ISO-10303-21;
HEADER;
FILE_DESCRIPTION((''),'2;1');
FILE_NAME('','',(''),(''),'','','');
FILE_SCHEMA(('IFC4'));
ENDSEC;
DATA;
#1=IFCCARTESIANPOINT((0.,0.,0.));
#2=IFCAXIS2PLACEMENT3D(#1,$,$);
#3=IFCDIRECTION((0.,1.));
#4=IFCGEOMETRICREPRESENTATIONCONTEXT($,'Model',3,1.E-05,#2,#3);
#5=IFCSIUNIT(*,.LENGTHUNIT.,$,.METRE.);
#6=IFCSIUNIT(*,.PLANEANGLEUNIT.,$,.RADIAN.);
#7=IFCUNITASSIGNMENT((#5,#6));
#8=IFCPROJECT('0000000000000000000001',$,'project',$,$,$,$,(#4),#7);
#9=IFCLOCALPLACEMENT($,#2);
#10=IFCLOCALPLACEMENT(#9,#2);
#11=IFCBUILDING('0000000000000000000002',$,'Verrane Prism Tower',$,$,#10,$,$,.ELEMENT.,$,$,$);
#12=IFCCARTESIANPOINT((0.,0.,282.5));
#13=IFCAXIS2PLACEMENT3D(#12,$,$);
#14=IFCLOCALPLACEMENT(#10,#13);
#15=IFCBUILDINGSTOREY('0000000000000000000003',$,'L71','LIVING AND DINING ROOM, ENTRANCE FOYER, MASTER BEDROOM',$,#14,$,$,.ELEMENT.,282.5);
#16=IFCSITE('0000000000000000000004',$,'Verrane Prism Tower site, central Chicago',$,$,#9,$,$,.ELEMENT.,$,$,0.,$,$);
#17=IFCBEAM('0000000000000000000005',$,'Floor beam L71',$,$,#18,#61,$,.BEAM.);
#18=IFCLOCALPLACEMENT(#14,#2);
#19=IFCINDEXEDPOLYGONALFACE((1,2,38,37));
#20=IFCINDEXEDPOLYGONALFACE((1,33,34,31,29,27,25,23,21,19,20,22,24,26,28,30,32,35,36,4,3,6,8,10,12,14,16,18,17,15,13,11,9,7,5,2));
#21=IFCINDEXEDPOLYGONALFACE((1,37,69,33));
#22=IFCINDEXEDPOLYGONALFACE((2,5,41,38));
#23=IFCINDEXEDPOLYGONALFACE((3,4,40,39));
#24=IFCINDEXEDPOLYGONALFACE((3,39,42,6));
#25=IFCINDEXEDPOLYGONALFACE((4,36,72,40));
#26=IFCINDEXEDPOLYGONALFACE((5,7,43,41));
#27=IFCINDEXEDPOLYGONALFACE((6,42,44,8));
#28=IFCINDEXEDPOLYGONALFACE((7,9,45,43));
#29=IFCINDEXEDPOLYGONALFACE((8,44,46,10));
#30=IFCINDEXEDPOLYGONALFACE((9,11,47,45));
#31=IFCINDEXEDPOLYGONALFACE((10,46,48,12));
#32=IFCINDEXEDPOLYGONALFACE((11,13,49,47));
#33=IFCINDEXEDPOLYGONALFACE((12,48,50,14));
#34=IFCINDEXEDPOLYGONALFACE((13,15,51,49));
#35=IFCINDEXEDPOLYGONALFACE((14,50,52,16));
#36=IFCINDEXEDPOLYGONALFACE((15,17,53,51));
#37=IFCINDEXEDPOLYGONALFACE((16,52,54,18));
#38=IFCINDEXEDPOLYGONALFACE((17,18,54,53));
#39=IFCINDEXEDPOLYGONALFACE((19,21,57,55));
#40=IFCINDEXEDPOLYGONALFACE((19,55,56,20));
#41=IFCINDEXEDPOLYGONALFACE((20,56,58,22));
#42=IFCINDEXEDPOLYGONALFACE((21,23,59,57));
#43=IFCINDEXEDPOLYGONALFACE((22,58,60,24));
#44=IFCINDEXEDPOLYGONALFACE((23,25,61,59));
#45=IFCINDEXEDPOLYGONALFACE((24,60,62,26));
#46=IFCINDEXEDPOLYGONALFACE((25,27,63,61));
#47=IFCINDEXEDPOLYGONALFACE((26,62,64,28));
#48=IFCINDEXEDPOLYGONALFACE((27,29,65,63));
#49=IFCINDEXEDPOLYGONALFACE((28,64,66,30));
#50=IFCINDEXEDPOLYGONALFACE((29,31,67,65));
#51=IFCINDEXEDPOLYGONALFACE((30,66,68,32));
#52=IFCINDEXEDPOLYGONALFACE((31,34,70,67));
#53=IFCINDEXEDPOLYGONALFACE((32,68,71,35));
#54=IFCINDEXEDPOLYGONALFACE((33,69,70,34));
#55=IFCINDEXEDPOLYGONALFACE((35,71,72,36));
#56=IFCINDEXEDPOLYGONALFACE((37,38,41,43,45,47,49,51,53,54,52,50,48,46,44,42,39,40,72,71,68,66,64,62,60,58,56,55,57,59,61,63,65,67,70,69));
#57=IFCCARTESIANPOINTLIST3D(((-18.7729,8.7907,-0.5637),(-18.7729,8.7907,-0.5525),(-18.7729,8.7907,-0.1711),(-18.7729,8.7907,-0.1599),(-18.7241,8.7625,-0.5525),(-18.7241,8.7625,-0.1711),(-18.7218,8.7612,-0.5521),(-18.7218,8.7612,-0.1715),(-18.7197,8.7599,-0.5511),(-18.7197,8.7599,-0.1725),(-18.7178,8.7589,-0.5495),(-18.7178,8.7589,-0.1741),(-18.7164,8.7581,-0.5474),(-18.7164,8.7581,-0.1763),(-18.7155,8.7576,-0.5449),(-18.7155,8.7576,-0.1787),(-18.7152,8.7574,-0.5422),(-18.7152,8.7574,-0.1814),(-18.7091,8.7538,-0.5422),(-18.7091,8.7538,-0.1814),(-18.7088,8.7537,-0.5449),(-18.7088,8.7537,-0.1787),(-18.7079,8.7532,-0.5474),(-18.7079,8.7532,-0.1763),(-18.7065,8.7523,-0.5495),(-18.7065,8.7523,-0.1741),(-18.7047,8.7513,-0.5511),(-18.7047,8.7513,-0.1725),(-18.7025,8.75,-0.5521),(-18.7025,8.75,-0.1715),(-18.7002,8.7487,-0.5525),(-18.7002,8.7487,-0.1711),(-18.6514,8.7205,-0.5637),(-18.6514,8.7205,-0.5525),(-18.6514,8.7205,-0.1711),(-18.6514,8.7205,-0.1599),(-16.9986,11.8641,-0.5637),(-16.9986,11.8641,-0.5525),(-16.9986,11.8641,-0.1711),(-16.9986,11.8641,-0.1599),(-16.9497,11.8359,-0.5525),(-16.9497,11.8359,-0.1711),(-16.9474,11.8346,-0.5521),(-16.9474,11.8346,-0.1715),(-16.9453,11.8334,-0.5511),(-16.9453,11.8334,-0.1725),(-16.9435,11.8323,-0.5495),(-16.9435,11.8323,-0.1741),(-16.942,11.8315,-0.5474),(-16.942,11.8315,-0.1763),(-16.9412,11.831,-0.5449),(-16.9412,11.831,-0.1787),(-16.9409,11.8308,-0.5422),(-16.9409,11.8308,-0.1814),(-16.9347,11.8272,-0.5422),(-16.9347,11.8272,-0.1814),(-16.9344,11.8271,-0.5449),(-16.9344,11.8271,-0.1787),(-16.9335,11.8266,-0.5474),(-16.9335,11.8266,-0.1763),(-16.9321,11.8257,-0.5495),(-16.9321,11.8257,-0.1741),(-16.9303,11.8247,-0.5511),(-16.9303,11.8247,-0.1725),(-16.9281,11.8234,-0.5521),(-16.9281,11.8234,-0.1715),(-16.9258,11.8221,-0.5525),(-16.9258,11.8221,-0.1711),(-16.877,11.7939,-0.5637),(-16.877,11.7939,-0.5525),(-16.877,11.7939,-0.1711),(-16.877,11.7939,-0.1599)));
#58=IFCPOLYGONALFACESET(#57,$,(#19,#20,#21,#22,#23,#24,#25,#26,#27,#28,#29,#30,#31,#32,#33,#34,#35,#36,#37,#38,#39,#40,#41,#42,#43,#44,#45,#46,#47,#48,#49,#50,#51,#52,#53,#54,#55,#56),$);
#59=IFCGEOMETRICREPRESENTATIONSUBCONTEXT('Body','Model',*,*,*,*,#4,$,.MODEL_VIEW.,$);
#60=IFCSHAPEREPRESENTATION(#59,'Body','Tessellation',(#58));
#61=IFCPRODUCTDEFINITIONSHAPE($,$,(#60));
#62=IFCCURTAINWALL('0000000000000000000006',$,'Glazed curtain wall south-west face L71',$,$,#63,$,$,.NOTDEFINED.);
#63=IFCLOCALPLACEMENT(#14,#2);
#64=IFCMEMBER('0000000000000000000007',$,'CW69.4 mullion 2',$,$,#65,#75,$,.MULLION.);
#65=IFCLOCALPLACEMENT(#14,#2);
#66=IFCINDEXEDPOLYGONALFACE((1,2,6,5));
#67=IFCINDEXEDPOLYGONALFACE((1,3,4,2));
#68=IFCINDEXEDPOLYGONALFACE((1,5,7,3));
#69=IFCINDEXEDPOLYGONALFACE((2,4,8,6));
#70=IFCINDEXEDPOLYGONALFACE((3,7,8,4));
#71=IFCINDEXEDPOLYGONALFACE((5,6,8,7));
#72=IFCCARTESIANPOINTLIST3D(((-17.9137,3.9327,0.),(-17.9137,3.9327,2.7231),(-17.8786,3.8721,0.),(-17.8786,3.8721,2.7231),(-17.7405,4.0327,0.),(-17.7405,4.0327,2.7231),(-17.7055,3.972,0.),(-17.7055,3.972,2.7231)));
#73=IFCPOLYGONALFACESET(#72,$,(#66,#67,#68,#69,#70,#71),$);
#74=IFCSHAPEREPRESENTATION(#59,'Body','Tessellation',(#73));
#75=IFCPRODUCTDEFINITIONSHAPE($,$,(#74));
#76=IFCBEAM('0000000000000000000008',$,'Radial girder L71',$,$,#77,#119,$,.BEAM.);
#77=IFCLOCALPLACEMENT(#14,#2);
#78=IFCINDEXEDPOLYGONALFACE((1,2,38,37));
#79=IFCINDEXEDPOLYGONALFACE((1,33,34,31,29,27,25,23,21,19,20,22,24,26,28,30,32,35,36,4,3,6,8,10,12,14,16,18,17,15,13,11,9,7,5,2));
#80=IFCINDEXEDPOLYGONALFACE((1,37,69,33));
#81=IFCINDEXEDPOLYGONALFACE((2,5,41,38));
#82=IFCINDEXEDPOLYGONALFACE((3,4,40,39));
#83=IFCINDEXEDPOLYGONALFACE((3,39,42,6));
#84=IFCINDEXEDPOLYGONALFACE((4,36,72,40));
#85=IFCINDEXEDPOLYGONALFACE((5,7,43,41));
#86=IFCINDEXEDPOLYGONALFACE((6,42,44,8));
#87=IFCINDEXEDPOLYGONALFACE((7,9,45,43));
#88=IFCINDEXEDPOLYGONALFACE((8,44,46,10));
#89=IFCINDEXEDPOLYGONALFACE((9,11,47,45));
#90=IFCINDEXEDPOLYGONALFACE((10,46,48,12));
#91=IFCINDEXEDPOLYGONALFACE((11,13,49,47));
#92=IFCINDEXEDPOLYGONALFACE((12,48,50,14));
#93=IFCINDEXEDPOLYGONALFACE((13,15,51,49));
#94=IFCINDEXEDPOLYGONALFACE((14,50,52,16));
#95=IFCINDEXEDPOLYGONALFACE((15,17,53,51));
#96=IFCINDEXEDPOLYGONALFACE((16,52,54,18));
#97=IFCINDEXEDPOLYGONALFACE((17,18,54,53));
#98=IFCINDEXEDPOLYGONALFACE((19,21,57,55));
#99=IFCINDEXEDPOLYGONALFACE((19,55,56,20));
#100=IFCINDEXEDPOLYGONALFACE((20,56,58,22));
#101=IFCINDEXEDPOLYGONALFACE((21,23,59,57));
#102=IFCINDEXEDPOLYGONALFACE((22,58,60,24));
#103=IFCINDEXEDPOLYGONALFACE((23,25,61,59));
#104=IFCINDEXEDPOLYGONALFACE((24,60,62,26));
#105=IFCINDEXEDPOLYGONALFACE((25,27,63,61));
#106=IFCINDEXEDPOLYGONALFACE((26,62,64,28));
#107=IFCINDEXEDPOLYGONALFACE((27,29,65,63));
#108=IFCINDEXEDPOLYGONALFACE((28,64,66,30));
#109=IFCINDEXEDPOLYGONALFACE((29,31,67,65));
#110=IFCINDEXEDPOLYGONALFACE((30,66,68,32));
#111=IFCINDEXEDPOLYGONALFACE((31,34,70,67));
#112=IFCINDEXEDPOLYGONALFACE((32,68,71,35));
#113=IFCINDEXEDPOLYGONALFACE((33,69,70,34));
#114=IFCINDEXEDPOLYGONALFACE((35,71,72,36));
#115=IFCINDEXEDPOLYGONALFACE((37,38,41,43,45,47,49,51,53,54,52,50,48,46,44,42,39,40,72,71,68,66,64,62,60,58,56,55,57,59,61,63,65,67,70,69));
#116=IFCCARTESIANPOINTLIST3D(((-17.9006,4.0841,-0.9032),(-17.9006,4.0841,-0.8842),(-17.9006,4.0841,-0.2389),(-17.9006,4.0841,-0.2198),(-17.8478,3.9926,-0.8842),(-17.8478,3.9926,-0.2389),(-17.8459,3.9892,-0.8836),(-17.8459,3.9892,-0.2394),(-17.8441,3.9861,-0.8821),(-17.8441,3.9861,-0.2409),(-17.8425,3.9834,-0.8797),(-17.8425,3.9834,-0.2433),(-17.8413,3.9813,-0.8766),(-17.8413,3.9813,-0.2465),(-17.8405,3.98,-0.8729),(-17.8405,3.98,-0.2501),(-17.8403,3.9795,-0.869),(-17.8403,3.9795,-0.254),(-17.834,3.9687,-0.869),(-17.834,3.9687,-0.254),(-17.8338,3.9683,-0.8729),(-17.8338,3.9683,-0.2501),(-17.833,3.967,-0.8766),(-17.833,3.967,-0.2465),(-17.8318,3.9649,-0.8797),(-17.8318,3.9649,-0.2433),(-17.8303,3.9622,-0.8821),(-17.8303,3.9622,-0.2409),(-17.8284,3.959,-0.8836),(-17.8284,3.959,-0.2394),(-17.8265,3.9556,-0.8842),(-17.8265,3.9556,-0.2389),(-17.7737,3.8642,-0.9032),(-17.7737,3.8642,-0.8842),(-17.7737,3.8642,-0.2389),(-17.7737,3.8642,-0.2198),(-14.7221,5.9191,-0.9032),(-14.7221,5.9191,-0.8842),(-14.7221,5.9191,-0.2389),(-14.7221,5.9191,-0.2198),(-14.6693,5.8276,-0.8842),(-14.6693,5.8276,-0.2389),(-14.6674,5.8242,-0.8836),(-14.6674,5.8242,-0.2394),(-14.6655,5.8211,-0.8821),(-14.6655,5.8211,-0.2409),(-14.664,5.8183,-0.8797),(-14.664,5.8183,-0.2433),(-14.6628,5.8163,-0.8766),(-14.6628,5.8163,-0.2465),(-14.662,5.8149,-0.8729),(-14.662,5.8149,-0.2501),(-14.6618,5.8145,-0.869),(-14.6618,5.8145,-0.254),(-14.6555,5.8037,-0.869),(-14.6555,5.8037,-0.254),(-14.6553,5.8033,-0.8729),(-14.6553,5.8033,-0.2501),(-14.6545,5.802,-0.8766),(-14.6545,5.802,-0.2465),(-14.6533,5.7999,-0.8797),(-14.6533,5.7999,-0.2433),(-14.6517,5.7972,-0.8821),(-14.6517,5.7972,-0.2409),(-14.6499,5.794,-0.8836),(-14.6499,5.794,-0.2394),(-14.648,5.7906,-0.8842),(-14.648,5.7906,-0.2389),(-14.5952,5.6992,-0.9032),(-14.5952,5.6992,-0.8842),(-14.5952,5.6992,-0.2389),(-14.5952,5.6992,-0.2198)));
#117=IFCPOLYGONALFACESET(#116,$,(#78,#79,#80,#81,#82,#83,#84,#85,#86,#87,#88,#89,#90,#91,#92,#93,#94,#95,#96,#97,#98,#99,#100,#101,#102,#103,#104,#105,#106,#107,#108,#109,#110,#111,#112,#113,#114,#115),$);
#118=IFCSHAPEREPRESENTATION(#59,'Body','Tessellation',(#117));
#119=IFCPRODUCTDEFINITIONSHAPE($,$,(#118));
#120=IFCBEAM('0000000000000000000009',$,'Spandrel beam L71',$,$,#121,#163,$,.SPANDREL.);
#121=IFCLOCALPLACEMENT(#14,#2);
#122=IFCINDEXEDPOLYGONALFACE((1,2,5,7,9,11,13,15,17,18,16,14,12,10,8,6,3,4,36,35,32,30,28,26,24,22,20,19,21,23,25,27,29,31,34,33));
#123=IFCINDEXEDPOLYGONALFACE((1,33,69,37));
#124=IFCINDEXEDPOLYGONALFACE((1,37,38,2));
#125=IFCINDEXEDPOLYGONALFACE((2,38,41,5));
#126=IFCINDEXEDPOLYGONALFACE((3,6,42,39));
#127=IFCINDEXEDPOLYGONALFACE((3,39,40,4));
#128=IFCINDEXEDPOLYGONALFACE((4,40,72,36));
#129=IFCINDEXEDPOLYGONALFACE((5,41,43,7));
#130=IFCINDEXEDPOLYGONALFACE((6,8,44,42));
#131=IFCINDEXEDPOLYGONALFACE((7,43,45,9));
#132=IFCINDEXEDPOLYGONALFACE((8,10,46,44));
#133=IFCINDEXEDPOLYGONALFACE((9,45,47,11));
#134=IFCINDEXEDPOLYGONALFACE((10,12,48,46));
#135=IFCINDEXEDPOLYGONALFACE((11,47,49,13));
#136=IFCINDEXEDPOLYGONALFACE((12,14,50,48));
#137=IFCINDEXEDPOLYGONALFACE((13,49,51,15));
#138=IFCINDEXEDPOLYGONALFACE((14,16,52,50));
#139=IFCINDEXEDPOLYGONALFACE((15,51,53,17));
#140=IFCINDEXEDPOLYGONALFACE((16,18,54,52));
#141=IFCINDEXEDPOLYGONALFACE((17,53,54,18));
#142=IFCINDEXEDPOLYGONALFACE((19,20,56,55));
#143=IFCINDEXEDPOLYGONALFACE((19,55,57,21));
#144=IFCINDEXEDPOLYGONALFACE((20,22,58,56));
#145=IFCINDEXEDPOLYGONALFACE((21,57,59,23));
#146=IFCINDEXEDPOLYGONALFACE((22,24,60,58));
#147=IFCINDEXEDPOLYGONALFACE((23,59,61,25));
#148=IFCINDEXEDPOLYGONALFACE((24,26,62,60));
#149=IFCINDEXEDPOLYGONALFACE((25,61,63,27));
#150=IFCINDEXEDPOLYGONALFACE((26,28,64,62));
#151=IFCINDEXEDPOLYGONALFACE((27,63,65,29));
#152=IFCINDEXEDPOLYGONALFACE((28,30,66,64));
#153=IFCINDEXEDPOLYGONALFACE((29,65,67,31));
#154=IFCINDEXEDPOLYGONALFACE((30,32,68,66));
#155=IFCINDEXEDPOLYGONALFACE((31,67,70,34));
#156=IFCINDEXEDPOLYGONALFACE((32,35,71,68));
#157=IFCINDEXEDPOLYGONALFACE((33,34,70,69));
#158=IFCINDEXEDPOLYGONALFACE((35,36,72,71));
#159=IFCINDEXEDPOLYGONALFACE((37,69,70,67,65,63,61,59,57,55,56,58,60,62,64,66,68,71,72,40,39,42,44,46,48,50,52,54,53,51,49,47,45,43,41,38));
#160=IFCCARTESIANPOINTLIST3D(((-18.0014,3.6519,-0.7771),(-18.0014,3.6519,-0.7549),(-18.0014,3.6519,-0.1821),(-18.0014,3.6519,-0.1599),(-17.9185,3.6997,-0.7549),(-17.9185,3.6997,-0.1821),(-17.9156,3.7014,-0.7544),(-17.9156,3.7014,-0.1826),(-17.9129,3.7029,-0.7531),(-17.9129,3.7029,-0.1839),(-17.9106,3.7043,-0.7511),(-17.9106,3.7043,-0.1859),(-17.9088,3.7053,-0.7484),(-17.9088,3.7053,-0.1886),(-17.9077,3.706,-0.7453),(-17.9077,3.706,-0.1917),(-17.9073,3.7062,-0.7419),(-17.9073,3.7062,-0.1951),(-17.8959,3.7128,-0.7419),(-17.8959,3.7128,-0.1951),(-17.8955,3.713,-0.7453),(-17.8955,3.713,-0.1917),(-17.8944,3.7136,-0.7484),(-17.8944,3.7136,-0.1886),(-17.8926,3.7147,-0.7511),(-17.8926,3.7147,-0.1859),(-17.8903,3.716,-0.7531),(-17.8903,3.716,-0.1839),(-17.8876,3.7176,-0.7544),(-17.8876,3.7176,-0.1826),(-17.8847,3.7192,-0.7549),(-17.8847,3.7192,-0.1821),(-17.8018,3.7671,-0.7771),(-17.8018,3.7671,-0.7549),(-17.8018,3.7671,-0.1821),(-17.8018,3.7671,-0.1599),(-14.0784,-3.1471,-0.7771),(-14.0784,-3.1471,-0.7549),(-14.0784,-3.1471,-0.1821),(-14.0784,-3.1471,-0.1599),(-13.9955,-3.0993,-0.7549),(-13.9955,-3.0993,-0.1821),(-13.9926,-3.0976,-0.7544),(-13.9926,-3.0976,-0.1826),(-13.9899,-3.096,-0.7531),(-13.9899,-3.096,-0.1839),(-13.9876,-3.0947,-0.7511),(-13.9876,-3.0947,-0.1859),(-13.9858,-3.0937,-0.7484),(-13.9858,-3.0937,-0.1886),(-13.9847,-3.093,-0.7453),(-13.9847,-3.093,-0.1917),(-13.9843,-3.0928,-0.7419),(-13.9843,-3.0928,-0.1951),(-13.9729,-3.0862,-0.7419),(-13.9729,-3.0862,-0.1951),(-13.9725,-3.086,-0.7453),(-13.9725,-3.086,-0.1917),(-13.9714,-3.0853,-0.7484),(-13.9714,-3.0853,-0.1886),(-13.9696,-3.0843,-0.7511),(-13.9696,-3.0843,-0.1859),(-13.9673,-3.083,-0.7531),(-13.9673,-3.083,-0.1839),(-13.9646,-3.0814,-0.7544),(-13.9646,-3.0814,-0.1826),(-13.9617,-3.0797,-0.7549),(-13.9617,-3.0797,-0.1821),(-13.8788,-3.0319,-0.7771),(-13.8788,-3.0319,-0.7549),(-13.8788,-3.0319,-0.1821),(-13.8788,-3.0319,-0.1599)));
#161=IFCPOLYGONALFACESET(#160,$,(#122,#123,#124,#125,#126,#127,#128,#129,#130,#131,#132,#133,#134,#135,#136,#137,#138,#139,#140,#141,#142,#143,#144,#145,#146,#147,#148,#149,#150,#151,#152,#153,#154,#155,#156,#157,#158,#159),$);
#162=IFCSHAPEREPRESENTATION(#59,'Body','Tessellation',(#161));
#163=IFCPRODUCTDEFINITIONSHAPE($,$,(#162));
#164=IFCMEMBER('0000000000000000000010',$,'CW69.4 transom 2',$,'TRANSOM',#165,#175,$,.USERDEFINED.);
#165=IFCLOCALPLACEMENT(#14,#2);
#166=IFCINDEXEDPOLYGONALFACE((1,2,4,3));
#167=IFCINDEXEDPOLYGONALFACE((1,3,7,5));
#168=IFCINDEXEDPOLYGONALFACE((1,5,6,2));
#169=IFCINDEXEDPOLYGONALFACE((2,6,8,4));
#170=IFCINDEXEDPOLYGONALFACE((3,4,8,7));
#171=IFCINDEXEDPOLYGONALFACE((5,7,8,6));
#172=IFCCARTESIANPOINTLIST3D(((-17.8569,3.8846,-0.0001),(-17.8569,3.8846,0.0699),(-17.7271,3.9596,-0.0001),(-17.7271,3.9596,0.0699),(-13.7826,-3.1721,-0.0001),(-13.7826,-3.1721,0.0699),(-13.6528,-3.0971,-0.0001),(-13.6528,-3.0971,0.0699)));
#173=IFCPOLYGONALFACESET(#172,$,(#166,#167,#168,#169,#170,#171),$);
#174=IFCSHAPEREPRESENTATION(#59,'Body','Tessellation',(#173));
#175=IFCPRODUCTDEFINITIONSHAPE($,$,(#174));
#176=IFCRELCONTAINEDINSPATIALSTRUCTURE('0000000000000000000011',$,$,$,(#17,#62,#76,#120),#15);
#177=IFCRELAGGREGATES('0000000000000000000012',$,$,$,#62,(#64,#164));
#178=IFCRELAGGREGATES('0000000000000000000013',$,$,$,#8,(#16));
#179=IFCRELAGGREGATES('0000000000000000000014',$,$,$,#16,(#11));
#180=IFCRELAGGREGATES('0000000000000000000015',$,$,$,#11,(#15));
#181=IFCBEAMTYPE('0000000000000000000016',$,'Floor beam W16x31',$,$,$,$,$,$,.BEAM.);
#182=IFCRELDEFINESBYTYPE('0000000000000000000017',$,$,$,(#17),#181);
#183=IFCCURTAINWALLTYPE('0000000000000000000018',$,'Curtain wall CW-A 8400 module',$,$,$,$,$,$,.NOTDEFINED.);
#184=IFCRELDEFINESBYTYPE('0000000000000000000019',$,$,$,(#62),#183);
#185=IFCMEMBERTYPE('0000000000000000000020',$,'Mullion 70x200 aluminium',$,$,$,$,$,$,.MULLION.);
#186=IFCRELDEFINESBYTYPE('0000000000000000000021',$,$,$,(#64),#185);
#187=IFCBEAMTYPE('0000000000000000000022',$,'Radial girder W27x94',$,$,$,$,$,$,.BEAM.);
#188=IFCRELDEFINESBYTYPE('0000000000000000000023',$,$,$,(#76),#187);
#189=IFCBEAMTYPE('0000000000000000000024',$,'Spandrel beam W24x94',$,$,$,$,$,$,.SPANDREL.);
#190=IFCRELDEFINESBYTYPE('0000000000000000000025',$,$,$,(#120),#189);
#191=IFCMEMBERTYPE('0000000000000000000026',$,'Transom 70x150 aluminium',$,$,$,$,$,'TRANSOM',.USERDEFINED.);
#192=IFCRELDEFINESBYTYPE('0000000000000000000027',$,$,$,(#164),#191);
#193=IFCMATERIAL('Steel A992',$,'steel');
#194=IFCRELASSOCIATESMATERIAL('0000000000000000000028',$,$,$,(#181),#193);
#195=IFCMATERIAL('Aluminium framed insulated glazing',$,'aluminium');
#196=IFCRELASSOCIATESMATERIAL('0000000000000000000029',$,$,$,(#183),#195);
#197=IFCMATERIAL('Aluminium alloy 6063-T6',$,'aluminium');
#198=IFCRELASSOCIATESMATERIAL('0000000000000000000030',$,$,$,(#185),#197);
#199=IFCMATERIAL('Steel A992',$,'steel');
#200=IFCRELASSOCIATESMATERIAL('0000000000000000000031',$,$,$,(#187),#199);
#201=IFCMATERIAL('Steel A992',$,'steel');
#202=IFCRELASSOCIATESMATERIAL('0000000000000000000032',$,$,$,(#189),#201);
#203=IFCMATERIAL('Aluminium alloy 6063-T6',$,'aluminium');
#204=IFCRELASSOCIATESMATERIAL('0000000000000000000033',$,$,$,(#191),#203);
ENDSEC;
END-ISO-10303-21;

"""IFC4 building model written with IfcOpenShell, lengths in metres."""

from ifc_helpers import new_model, si_unit, direction, frame, origin, origin_2d, place, context, subcontext, project, spatial, rectangle, i_section, extrude, material, material_profile, profile_set, type_object, element, aggregate, save


model = new_model("IFC4")

# Units and contexts
model_context = context("Model", 3, precision=1e-05, world=origin(), true_north=direction((0.0, 1.0)))
body_context = subcontext(model_context, "Body", "Model", "MODEL_VIEW")
ifc_project = project(units=[si_unit("LENGTHUNIT", "METRE"), si_unit("PLANEANGLEUNIT", "RADIAN")], contexts=[model_context])

# Site, building, storey
site_placement = place(None, origin())
site = spatial("IfcSite", under=ifc_project, at=site_placement, Name="Verrane Prism Tower site, central Chicago", CompositionType="ELEMENT", RefElevation=0.0)
building_placement = place(site_placement, origin())
building = spatial("IfcBuilding", under=site, at=building_placement, Name="Verrane Prism Tower", CompositionType="ELEMENT")
storey_placement = place(building_placement, frame((0.0, 0.0, 282.5)))
storey = spatial("IfcBuildingStorey", under=building, at=storey_placement, Name="L71", Description="LIVING AND DINING ROOM, ENTRANCE FOYER, MASTER BEDROOM", CompositionType="ELEMENT", Elevation=282.5)

# Beam
ifc_material_1 = material(Name="Steel A992", Category="steel")
ifc_material_profile_1 = material_profile(ifc_material_1, i_section(OverallWidth=0.1404, OverallDepth=0.4038, WebThickness=0.0071, FlangeThickness=0.0112, FilletRadius=0.0103, at=origin_2d()), Name="W16x31")
ifc_profile_set_1 = profile_set([ifc_material_profile_1], Name="Steel A992")
beam_type_1 = type_object("IfcBeamType", Name="Floor beam W16x31", PredefinedType="BEAM", material=ifc_profile_set_1)
beam_1_placement = place(storey_placement, frame((-18.7122, 8.7556, -0.3618), z_axis=(0.499986, 0.866033, 0.0), x_axis=(-0.866033, 0.499986, 0.0)))
element("IfcBeam", 1, at=beam_1_placement, inside=storey, type_object=beam_type_1, Name="Floor beam L71", PredefinedType="BEAM", context=body_context, shape_type="SweptSolid", body=[
    extrude(i_section(OverallWidth=0.1404, OverallDepth=0.4038, WebThickness=0.0071, FlangeThickness=0.0112, FilletRadius=0.0103, at=origin_2d()), origin(), (0.0, 0.0, 1.0), 3.5488),
])

# Curtain wall, member
ifc_material_2 = material(Name="Aluminium framed insulated glazing", Category="aluminium")
curtain_wall_type = type_object("IfcCurtainWallType", Name="Curtain wall CW-A 8400 module", PredefinedType="NOTDEFINED", material=ifc_material_2)
curtain_wall_placement = place(storey_placement, origin())
curtain_wall = element("IfcCurtainWall", 2, at=curtain_wall_placement, inside=storey, type_object=curtain_wall_type, Name="Glazed curtain wall south-west face L71", PredefinedType="NOTDEFINED")
ifc_material_3 = material(Name="Aluminium alloy 6063-T6", Category="aluminium")
ifc_material_profile_2 = material_profile(ifc_material_3, rectangle(XDim=0.2, YDim=0.0701, at=origin_2d()), Name="Mullion 70x200 aluminium")
ifc_profile_set_2 = profile_set([ifc_material_profile_2], Name="Aluminium alloy 6063-T6")
member_type_1 = type_object("IfcMemberType", Name="Mullion 70x200 aluminium", PredefinedType="MULLION", material=ifc_profile_set_2)
member_1_placement = place(storey_placement, frame((-17.8096, 3.9524, 0.0), z_axis=(0.0, 0.0, 1.0), x_axis=(0.866025, 0.500001, 0.0)))
member_1 = element("IfcMember", 3, at=member_1_placement, type_object=member_type_1, Name="CW69.4 mullion 2", PredefinedType="MULLION", context=body_context, shape_type="SweptSolid", body=[
    extrude(rectangle(XDim=0.2, YDim=0.0701, at=origin_2d()), origin(), (0.0, 0.0, 1.0), 2.7231),
])

# Beams
ifc_material_4 = material(Name="Steel A992", Category="steel")
ifc_material_profile_3 = material_profile(ifc_material_4, i_section(OverallWidth=0.2539, OverallDepth=0.6833, WebThickness=0.0125, FlangeThickness=0.019, FilletRadius=0.0151, at=origin_2d()), Name="W27x94")
ifc_profile_set_3 = profile_set([ifc_material_profile_3], Name="Steel A992")
beam_type_2 = type_object("IfcBeamType", Name="Radial girder W27x94", PredefinedType="BEAM", material=ifc_profile_set_3)
beam_2_placement = place(storey_placement, frame((-17.8372, 3.9741, -0.5615), z_axis=(0.86604, 0.499974, 0.0), x_axis=(-0.499974, 0.86604, 0.0)))
element("IfcBeam", 4, at=beam_2_placement, inside=storey, type_object=beam_type_2, Name="Radial girder L71", PredefinedType="BEAM", context=body_context, shape_type="SweptSolid", body=[
    extrude(i_section(OverallWidth=0.2539, OverallDepth=0.6833, WebThickness=0.0125, FlangeThickness=0.019, FilletRadius=0.0151, at=origin_2d()), origin(), (0.0, 0.0, 1.0), 3.6702),
])
ifc_material_5 = material(Name="Steel A992", Category="steel")
ifc_material_profile_4 = material_profile(ifc_material_5, i_section(OverallWidth=0.2305, OverallDepth=0.6172, WebThickness=0.0132, FlangeThickness=0.0222, FilletRadius=0.0129, at=origin_2d()), Name="W24x94")
ifc_profile_set_4 = profile_set([ifc_material_profile_4], Name="Steel A992")
beam_type_3 = type_object("IfcBeamType", Name="Spandrel beam W24x94", PredefinedType="SPANDREL", material=ifc_profile_set_4)
beam_3_placement = place(storey_placement, frame((-17.9016, 3.7095, -0.4685), z_axis=(0.499775, -0.866155, 0.0), x_axis=(0.866155, 0.499775, 0.0)))
element("IfcBeam", 5, at=beam_3_placement, inside=storey, type_object=beam_type_3, Name="Spandrel beam L71", PredefinedType="SPANDREL", context=body_context, shape_type="SweptSolid", body=[
    extrude(i_section(OverallWidth=0.2305, OverallDepth=0.6172, WebThickness=0.0132, FlangeThickness=0.0222, FilletRadius=0.0129, at=origin_2d()), origin(), (0.0, 0.0, 1.0), 7.8496),
])

# Member
ifc_material_6 = material(Name="Aluminium alloy 6063-T6", Category="aluminium")
ifc_material_profile_5 = material_profile(ifc_material_6, rectangle(XDim=0.1499, YDim=0.0701, at=origin_2d()), Name="Transom 70x150 aluminium")
ifc_profile_set_5 = profile_set([ifc_material_profile_5], Name="Aluminium alloy 6063-T6")
member_type_2 = type_object("IfcMemberType", Name="Transom 70x150 aluminium", ElementType="TRANSOM", PredefinedType="USERDEFINED", material=ifc_profile_set_5)
member_2_placement = place(storey_placement, frame((-17.792, 3.9221, 0.0349), z_axis=(0.500006, -0.866022, 0.0), x_axis=(0.866022, 0.500006, 0.0)))
member_2 = element("IfcMember", 6, at=member_2_placement, type_object=member_type_2, Name="CW69.4 transom 2", ObjectType="TRANSOM", PredefinedType="USERDEFINED", context=body_context, shape_type="SweptSolid", body=[
    extrude(rectangle(XDim=0.1499, YDim=0.0701, at=origin_2d()), origin(), (0.0, 0.0, 1.0), 8.1484),
])

aggregate(curtain_wall, [member_1, member_2])

save(model, "model.ifc")
